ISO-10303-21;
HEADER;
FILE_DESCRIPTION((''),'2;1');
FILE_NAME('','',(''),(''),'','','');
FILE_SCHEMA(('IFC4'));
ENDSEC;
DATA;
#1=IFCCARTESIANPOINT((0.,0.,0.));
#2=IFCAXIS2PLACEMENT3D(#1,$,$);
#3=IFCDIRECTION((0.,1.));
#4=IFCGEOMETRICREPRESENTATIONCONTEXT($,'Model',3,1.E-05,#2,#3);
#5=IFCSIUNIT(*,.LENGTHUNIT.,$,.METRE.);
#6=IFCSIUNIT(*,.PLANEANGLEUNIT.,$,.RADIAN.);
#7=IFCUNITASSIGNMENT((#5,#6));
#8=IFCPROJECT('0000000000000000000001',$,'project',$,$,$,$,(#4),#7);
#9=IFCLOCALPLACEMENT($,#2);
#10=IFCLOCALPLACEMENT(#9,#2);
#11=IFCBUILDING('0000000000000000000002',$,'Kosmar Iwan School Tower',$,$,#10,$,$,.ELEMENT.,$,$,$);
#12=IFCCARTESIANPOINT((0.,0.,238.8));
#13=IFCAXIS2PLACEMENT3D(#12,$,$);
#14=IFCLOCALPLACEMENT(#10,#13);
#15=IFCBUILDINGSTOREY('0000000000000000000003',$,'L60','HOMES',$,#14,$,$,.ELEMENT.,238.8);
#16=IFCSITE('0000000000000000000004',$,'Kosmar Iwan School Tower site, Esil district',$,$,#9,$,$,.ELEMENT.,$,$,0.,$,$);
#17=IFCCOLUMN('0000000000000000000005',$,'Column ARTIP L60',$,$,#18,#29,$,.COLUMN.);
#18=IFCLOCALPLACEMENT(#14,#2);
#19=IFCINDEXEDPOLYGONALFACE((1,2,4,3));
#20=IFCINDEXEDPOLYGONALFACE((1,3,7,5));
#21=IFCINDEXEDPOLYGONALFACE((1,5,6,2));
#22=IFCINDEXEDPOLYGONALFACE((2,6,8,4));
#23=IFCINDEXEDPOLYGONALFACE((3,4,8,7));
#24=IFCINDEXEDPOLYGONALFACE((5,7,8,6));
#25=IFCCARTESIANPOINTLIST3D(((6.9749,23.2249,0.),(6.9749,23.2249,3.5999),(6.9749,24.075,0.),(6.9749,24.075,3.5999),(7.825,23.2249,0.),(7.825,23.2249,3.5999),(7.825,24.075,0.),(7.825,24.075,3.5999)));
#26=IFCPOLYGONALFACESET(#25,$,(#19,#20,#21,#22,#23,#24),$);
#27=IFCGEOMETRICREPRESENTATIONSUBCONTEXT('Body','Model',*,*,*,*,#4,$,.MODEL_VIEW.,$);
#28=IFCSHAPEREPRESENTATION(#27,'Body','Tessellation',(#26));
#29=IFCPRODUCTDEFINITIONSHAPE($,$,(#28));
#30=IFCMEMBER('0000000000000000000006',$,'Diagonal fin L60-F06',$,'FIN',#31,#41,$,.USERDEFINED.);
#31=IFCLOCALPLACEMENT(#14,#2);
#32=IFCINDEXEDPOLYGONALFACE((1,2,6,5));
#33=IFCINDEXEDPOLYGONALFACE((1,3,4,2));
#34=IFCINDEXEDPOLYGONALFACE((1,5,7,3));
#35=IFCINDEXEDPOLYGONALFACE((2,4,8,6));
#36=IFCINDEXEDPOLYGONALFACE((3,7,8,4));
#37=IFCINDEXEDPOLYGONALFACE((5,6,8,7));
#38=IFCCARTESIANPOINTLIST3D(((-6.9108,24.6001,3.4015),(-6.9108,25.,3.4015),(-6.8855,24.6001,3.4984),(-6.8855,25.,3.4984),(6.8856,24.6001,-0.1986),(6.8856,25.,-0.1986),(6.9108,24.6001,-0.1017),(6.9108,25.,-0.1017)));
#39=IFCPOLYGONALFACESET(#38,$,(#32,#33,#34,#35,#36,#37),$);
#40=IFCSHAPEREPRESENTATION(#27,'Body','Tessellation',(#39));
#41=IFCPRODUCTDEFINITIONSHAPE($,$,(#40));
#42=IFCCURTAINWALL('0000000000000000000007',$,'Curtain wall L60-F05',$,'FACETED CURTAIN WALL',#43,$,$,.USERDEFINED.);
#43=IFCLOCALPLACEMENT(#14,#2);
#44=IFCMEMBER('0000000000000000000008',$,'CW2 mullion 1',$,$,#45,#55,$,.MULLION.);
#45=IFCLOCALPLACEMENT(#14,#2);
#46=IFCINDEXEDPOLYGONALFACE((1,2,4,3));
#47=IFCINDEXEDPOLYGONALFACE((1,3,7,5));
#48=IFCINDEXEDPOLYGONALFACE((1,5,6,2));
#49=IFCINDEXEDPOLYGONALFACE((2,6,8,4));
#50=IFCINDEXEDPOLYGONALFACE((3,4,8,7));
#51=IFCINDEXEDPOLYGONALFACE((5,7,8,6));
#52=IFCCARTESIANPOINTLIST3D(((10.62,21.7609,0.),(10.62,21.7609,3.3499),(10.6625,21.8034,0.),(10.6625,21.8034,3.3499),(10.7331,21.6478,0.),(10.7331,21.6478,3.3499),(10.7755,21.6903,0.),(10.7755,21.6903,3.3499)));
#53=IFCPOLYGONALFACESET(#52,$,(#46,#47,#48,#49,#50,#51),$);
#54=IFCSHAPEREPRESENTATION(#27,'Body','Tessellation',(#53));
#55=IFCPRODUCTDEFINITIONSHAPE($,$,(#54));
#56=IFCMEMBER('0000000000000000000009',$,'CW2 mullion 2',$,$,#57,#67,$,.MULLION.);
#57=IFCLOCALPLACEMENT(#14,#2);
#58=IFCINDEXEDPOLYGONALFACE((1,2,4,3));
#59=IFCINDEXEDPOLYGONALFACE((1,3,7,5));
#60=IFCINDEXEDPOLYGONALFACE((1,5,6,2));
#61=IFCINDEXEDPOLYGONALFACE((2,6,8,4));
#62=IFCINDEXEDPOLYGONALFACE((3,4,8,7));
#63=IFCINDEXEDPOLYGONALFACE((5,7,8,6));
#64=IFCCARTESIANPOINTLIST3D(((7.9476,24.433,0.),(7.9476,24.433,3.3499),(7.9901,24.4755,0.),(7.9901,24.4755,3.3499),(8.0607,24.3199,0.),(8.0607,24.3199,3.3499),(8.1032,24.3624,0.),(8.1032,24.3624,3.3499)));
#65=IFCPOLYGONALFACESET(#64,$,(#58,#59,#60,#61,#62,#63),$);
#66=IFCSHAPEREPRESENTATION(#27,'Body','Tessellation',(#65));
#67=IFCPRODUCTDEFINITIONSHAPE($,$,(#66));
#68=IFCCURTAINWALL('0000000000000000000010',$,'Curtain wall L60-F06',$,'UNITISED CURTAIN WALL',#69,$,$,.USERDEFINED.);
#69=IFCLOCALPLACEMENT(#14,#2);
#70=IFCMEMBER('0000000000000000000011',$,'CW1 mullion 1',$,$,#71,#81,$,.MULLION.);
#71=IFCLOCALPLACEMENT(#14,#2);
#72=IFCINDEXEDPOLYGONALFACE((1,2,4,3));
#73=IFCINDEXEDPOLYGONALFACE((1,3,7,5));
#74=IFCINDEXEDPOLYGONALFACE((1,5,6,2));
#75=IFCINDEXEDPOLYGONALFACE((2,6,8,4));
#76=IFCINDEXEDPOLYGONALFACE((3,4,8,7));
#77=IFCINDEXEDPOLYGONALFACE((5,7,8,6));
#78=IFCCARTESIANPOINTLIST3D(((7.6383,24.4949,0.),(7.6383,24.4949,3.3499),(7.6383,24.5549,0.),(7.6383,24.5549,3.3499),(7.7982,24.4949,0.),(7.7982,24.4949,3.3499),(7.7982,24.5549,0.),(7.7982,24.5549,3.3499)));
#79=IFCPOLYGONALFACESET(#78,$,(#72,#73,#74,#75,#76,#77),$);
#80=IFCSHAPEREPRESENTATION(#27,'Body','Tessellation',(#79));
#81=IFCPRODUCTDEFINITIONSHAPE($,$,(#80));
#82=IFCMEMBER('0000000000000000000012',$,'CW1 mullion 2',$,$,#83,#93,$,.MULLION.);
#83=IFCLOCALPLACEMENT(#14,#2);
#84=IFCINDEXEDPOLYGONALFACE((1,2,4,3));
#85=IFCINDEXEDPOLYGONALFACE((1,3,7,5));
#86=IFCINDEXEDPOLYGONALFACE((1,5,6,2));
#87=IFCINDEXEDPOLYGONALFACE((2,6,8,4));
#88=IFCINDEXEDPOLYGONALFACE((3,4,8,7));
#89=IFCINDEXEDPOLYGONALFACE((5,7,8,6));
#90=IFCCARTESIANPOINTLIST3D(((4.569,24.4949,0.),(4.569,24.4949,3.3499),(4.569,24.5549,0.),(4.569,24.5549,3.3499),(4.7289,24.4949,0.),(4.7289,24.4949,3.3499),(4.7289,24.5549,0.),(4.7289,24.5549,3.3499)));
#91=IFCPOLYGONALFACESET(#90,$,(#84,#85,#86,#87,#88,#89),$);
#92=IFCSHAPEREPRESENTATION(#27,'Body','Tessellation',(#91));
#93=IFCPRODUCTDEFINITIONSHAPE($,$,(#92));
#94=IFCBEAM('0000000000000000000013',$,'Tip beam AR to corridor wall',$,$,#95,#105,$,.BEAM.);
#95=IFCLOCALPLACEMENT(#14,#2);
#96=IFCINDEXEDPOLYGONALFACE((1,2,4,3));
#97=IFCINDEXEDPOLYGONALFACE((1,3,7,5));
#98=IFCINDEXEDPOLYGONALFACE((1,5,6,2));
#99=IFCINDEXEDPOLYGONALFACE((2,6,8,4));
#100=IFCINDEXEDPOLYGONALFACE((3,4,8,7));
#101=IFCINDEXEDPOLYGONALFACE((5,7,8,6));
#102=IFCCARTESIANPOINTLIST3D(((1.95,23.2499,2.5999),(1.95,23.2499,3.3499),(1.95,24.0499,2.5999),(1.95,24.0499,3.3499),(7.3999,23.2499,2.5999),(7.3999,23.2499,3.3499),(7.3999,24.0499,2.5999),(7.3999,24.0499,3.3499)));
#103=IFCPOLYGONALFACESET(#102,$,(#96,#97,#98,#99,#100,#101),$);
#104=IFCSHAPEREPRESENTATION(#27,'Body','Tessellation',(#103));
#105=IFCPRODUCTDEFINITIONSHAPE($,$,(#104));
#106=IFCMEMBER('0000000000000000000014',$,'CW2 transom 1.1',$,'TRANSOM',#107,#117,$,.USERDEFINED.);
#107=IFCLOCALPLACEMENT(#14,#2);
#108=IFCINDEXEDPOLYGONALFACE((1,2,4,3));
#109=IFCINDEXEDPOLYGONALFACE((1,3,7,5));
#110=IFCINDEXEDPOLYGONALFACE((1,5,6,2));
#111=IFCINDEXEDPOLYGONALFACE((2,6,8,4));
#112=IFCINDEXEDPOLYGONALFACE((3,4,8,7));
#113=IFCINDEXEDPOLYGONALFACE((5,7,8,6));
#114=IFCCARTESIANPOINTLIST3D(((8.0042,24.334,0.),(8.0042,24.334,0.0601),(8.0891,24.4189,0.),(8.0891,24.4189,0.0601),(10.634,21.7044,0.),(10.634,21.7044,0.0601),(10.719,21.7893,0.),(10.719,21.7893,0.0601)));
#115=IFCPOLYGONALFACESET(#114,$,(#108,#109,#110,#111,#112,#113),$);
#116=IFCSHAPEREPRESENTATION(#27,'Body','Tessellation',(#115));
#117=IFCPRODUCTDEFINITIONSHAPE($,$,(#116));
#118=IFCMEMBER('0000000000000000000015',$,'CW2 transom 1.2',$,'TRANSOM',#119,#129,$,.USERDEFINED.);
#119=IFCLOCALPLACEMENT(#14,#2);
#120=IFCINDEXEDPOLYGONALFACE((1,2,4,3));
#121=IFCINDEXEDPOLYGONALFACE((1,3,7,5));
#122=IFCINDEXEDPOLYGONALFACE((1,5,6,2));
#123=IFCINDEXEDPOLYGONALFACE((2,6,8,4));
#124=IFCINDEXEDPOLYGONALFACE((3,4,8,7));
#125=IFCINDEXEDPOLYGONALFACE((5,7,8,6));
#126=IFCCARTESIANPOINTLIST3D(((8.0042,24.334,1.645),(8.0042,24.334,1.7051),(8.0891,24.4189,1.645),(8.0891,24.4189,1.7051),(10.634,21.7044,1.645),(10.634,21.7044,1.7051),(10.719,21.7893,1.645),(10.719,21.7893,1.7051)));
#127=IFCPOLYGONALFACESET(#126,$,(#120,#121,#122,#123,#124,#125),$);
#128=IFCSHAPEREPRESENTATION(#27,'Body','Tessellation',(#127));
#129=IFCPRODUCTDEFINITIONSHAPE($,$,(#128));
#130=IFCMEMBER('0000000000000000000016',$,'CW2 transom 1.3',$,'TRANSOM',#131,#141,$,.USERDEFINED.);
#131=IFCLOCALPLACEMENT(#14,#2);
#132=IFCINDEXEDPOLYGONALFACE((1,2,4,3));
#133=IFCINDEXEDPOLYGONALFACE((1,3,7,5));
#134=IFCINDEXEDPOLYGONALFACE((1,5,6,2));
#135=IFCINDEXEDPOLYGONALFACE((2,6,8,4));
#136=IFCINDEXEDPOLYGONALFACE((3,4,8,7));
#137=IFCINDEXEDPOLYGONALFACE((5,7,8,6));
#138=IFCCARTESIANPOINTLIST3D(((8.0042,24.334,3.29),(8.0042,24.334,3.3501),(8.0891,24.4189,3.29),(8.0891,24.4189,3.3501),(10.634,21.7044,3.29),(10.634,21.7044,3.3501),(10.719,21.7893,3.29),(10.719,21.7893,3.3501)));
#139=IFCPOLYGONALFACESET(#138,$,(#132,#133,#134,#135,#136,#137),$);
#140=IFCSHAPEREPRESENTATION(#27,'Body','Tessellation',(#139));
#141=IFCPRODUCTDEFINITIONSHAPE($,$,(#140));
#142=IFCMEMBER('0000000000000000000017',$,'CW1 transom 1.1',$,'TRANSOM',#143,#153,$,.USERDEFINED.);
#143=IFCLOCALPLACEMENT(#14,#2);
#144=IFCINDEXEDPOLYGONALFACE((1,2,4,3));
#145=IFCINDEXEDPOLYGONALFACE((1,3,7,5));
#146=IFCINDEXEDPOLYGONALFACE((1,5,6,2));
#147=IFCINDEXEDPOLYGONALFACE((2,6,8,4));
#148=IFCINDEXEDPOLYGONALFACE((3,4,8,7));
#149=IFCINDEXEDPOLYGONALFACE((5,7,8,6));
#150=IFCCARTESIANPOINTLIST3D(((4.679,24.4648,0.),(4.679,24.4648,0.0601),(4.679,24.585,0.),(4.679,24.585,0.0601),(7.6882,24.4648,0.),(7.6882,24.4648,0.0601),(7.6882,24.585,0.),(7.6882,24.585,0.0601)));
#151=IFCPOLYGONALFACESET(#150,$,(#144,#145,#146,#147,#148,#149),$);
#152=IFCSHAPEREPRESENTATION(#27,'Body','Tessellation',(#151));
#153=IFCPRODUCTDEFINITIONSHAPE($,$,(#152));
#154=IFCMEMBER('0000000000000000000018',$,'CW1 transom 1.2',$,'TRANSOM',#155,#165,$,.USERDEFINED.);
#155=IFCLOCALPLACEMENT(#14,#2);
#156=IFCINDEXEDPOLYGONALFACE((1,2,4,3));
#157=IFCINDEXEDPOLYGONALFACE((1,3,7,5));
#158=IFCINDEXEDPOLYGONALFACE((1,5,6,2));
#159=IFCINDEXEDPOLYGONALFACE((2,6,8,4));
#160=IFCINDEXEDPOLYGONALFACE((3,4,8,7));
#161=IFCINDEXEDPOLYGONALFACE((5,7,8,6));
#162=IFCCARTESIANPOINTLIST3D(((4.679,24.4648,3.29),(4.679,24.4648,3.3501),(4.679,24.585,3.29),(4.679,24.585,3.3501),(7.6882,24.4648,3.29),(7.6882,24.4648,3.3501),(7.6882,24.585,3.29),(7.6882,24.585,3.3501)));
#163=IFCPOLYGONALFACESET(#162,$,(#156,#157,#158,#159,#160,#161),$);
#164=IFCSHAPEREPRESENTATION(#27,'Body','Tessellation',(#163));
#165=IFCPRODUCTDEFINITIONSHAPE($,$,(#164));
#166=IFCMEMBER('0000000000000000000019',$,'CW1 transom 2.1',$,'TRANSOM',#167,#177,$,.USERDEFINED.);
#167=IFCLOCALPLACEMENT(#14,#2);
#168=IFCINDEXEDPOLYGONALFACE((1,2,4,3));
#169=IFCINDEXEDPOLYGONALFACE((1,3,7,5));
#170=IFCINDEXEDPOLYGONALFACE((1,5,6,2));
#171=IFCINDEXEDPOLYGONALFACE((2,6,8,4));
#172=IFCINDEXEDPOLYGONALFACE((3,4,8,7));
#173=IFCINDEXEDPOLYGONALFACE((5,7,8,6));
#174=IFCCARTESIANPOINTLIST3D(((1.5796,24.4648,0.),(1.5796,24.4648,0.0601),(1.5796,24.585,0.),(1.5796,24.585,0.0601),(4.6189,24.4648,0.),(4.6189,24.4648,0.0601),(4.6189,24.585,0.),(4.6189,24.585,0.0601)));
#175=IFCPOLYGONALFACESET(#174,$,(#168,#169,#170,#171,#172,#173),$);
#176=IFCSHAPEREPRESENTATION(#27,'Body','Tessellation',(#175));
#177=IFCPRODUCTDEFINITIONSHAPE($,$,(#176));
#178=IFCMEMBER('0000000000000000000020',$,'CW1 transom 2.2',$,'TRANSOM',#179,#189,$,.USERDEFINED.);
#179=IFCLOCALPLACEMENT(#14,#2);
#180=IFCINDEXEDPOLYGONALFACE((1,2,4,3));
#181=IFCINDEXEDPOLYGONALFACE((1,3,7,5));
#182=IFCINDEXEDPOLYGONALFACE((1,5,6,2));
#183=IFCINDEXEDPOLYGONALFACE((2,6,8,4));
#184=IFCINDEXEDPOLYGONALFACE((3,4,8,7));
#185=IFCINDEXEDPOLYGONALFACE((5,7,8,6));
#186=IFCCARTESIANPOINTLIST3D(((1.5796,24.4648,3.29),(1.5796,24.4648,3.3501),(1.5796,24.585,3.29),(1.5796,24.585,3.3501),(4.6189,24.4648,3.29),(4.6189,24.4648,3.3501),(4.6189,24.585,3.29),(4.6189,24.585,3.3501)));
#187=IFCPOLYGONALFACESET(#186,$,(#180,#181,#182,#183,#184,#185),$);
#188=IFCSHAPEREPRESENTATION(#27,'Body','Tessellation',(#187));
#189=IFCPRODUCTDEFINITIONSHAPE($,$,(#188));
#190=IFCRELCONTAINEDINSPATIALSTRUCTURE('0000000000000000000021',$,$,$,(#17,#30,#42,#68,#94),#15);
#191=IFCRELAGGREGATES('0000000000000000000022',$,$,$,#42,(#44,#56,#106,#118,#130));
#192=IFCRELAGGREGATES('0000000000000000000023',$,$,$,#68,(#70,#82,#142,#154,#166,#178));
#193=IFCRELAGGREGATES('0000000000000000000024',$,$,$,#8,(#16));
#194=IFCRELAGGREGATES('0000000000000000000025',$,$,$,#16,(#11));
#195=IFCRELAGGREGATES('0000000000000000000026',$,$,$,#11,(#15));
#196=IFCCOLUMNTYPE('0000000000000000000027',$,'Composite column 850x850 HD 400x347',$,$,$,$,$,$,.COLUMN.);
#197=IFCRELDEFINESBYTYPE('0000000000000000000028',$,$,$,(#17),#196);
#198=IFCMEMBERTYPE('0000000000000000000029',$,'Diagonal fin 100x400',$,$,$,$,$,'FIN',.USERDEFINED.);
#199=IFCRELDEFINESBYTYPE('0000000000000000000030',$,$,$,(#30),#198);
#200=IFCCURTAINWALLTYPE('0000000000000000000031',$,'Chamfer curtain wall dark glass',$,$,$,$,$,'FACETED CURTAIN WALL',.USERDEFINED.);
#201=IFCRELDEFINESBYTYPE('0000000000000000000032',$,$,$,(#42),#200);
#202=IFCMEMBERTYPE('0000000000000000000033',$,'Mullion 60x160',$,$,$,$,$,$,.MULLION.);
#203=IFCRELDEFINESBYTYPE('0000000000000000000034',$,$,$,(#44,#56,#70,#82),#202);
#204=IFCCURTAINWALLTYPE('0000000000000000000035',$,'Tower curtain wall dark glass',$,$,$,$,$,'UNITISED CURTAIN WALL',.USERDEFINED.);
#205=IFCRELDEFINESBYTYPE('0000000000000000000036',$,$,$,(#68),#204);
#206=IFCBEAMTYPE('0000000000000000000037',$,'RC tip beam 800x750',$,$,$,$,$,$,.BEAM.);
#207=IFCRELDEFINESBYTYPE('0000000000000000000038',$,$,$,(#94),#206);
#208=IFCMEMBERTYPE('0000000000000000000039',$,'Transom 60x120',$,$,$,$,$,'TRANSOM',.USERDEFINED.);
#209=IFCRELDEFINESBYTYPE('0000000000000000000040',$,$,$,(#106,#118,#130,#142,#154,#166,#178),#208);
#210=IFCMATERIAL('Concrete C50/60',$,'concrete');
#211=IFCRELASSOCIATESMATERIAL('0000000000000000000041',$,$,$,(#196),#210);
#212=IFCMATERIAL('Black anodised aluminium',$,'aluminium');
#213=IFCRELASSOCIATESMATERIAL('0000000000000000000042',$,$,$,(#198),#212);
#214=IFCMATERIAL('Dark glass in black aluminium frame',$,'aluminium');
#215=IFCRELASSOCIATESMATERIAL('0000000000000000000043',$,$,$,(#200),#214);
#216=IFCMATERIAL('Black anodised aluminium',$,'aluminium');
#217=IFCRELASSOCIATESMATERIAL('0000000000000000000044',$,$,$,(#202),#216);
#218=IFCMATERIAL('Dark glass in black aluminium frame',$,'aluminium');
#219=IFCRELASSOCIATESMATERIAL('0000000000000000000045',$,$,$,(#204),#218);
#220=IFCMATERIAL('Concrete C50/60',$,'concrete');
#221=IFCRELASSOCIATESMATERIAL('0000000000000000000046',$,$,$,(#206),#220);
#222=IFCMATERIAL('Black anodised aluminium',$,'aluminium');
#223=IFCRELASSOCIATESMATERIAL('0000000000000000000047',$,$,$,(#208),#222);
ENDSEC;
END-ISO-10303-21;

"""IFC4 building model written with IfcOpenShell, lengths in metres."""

from ifc_helpers import new_model, si_unit, direction, frame, origin, origin_2d, place, context, subcontext, project, spatial, rectangle, extrude, material, material_profile, profile_set, type_object, element, aggregate, save


model = new_model("IFC4")

# Units and contexts
model_context = context("Model", 3, precision=1e-05, world=origin(), true_north=direction((0.0, 1.0)))
body_context = subcontext(model_context, "Body", "Model", "MODEL_VIEW")
ifc_project = project(units=[si_unit("LENGTHUNIT", "METRE"), si_unit("PLANEANGLEUNIT", "RADIAN")], contexts=[model_context])

# Site, building, storey
site_placement = place(None, origin())
site = spatial("IfcSite", under=ifc_project, at=site_placement, Name="Kosmar Iwan School Tower site, Esil district", CompositionType="ELEMENT", RefElevation=0.0)
building_placement = place(site_placement, origin())
building = spatial("IfcBuilding", under=site, at=building_placement, Name="Kosmar Iwan School Tower", CompositionType="ELEMENT")
storey_placement = place(building_placement, frame((0.0, 0.0, 238.8)))
storey = spatial("IfcBuildingStorey", under=building, at=storey_placement, Name="L60", Description="HOMES", CompositionType="ELEMENT", Elevation=238.8)

# Column
ifc_material_1 = material(Name="Concrete C50/60", Category="concrete")
ifc_material_profile_1 = material_profile(ifc_material_1, rectangle(XDim=0.8501, YDim=0.8501, at=origin_2d()), Name="RC 850x850 + HD 400x347")
ifc_profile_set_1 = profile_set([ifc_material_profile_1], Name="Concrete C50/60")
column_type = type_object("IfcColumnType", Name="Composite column 850x850 HD 400x347", PredefinedType="COLUMN", material=ifc_profile_set_1)
column_placement = place(storey_placement, frame((7.3999, 23.6499, 0.0), z_axis=(0.0, 0.0, 1.0), x_axis=(0.0, 1.0, 0.0)))
element("IfcColumn", 1, at=column_placement, inside=storey, type_object=column_type, Name="Column ARTIP L60", PredefinedType="COLUMN", context=body_context, shape_type="SweptSolid", body=[
    extrude(rectangle(XDim=0.8501, YDim=0.8501, at=origin_2d()), origin(), (0.0, 0.0, 1.0), 3.5999),
])

# Member
ifc_material_2 = material(Name="Black anodised aluminium", Category="aluminium")
ifc_material_profile_2 = material_profile(ifc_material_2, rectangle(XDim=0.1001, YDim=0.3999, at=origin_2d()), Name="FIN 100x400")
ifc_profile_set_2 = profile_set([ifc_material_profile_2], Name="Black anodised aluminium")
member_type_1 = type_object("IfcMemberType", Name="Diagonal fin 100x400", ElementType="FIN", PredefinedType="USERDEFINED", material=ifc_profile_set_2)
member_1_placement = place(storey_placement, frame((6.8982, 24.8, -0.1501), z_axis=(-0.967599, 0.0, 0.25249), x_axis=(0.25249, 0.0, 0.967599)))
element("IfcMember", 2, at=member_1_placement, inside=storey, type_object=member_type_1, Name="Diagonal fin L60-F06", ObjectType="FIN", PredefinedType="USERDEFINED", context=body_context, shape_type="SweptSolid", body=[
    extrude(rectangle(XDim=0.1001, YDim=0.3999, at=origin_2d()), origin(), (0.0, 0.0, 1.0), 14.2583),
])

# Curtain walls, members
ifc_material_3 = material(Name="Dark glass in black aluminium frame", Category="aluminium")
curtain_wall_type_1 = type_object("IfcCurtainWallType", Name="Chamfer curtain wall dark glass", ElementType="FACETED CURTAIN WALL", PredefinedType="USERDEFINED", material=ifc_material_3)
curtain_wall_1_placement = place(storey_placement, origin())
curtain_wall_1 = element("IfcCurtainWall", 3, at=curtain_wall_1_placement, inside=storey, type_object=curtain_wall_type_1, Name="Curtain wall L60-F05", ObjectType="FACETED CURTAIN WALL", PredefinedType="USERDEFINED")
ifc_material_4 = material(Name="Black anodised aluminium", Category="aluminium")
ifc_material_profile_3 = material_profile(ifc_material_4, rectangle(XDim=0.0601, YDim=0.1599, at=origin_2d()), Name="MULLION 60x160")
ifc_profile_set_3 = profile_set([ifc_material_profile_3], Name="Black anodised aluminium")
member_type_2 = type_object("IfcMemberType", Name="Mullion 60x160", PredefinedType="MULLION", material=ifc_profile_set_3)
member_2_placement = place(storey_placement, frame((10.6978, 21.7256, 0.0), z_axis=(0.0, 0.0, 1.0), x_axis=(-0.707107, -0.707107, 0.0)))
member_2 = element("IfcMember", 4, at=member_2_placement, type_object=member_type_2, Name="CW2 mullion 1", PredefinedType="MULLION", context=body_context, shape_type="SweptSolid", body=[
    extrude(rectangle(XDim=0.0601, YDim=0.1599, at=origin_2d()), origin(), (0.0, 0.0, 1.0), 3.3499),
])
member_3_placement = place(storey_placement, frame((8.0254, 24.3977, 0.0), z_axis=(0.0, 0.0, 1.0), x_axis=(-0.707107, -0.707107, 0.0)))
member_3 = element("IfcMember", 5, at=member_3_placement, type_object=member_type_2, Name="CW2 mullion 2", PredefinedType="MULLION", context=body_context, shape_type="SweptSolid", body=[
    extrude(rectangle(XDim=0.0601, YDim=0.1599, at=origin_2d()), origin(), (0.0, 0.0, 1.0), 3.3499),
])
ifc_material_5 = material(Name="Dark glass in black aluminium frame", Category="aluminium")
curtain_wall_type_2 = type_object("IfcCurtainWallType", Name="Tower curtain wall dark glass", ElementType="UNITISED CURTAIN WALL", PredefinedType="USERDEFINED", material=ifc_material_5)
curtain_wall_2_placement = place(storey_placement, origin())
curtain_wall_2 = element("IfcCurtainWall", 6, at=curtain_wall_2_placement, inside=storey, type_object=curtain_wall_type_2, Name="Curtain wall L60-F06", ObjectType="UNITISED CURTAIN WALL", PredefinedType="USERDEFINED")
member_4_placement = place(storey_placement, frame((7.7183, 24.5249, 0.0), z_axis=(0.0, 0.0, 1.0), x_axis=(0.0, -1.0, 0.0)))
member_4 = element("IfcMember", 7, at=member_4_placement, type_object=member_type_2, Name="CW1 mullion 1", PredefinedType="MULLION", context=body_context, shape_type="SweptSolid", body=[
    extrude(rectangle(XDim=0.0601, YDim=0.1599, at=origin_2d()), origin(), (0.0, 0.0, 1.0), 3.3499),
])
member_5_placement = place(storey_placement, frame((4.6489, 24.5249, 0.0), z_axis=(0.0, 0.0, 1.0), x_axis=(0.0, -1.0, 0.0)))
member_5 = element("IfcMember", 8, at=member_5_placement, type_object=member_type_2, Name="CW1 mullion 2", PredefinedType="MULLION", context=body_context, shape_type="SweptSolid", body=[
    extrude(rectangle(XDim=0.0601, YDim=0.1599, at=origin_2d()), origin(), (0.0, 0.0, 1.0), 3.3499),
])

# Beam
ifc_material_6 = material(Name="Concrete C50/60", Category="concrete")
ifc_material_profile_4 = material_profile(ifc_material_6, rectangle(XDim=0.8, YDim=0.75, at=origin_2d()), Name="RC 800x750")
ifc_profile_set_4 = profile_set([ifc_material_profile_4], Name="Concrete C50/60")
beam_type = type_object("IfcBeamType", Name="RC tip beam 800x750", PredefinedType="BEAM", material=ifc_profile_set_4)
beam_placement = place(storey_placement, frame((7.3999, 23.6499, 2.9749), z_axis=(-1.0, 0.0, 0.0), x_axis=(0.0, -1.0, 0.0)))
element("IfcBeam", 9, at=beam_placement, inside=storey, type_object=beam_type, Name="Tip beam AR to corridor wall", PredefinedType="BEAM", context=body_context, shape_type="SweptSolid", body=[
    extrude(rectangle(XDim=0.8, YDim=0.75, at=origin_2d()), origin(), (0.0, 0.0, 1.0), 5.45),
])

# Members
ifc_material_7 = material(Name="Black anodised aluminium", Category="aluminium")
ifc_material_profile_5 = material_profile(ifc_material_7, rectangle(XDim=0.1201, YDim=0.0601, at=origin_2d()), Name="TRANSOM 60x120")
ifc_profile_set_5 = profile_set([ifc_material_profile_5], Name="Black anodised aluminium")
member_type_3 = type_object("IfcMemberType", Name="Transom 60x120", ElementType="TRANSOM", PredefinedType="USERDEFINED", material=ifc_profile_set_5)
member_6_placement = place(storey_placement, frame((10.6765, 21.7468, 0.03), z_axis=(-0.70714, 0.707074, 0.0), x_axis=(-0.707074, -0.70714, 0.0)))
member_6 = element("IfcMember", 10, at=member_6_placement, type_object=member_type_3, Name="CW2 transom 1.1", ObjectType="TRANSOM", PredefinedType="USERDEFINED", context=body_context, shape_type="SweptSolid", body=[
    extrude(rectangle(XDim=0.1201, YDim=0.0601, at=origin_2d()), origin(), (0.0, 0.0, 1.0), 3.719),
])
member_7_placement = place(storey_placement, frame((10.6765, 21.7468, 1.675), z_axis=(-0.70714, 0.707074, 0.0), x_axis=(-0.707074, -0.70714, 0.0)))
member_7 = element("IfcMember", 11, at=member_7_placement, type_object=member_type_3, Name="CW2 transom 1.2", ObjectType="TRANSOM", PredefinedType="USERDEFINED", context=body_context, shape_type="SweptSolid", body=[
    extrude(rectangle(XDim=0.1201, YDim=0.0601, at=origin_2d()), origin(), (0.0, 0.0, 1.0), 3.719),
])
member_8_placement = place(storey_placement, frame((10.6765, 21.7468, 3.3201), z_axis=(-0.70714, 0.707074, 0.0), x_axis=(-0.707074, -0.70714, 0.0)))
member_8 = element("IfcMember", 12, at=member_8_placement, type_object=member_type_3, Name="CW2 transom 1.3", ObjectType="TRANSOM", PredefinedType="USERDEFINED", context=body_context, shape_type="SweptSolid", body=[
    extrude(rectangle(XDim=0.1201, YDim=0.0601, at=origin_2d()), origin(), (0.0, 0.0, 1.0), 3.719),
])
member_9_placement = place(storey_placement, frame((7.6882, 24.5249, 0.03), z_axis=(-1.0, 0.0, 0.0), x_axis=(0.0, -1.0, 0.0)))
member_9 = element("IfcMember", 13, at=member_9_placement, type_object=member_type_3, Name="CW1 transom 1.1", ObjectType="TRANSOM", PredefinedType="USERDEFINED", context=body_context, shape_type="SweptSolid", body=[
    extrude(rectangle(XDim=0.1201, YDim=0.0601, at=origin_2d()), origin(), (0.0, 0.0, 1.0), 3.0093),
])
member_10_placement = place(storey_placement, frame((7.6882, 24.5249, 3.3201), z_axis=(-1.0, 0.0, 0.0), x_axis=(0.0, -1.0, 0.0)))
member_10 = element("IfcMember", 14, at=member_10_placement, type_object=member_type_3, Name="CW1 transom 1.2", ObjectType="TRANSOM", PredefinedType="USERDEFINED", context=body_context, shape_type="SweptSolid", body=[
    extrude(rectangle(XDim=0.1201, YDim=0.0601, at=origin_2d()), origin(), (0.0, 0.0, 1.0), 3.0093),
])
member_11_placement = place(storey_placement, frame((4.6189, 24.5249, 0.03), z_axis=(-1.0, 0.0, 0.0), x_axis=(0.0, -1.0, 0.0)))
member_11 = element("IfcMember", 15, at=member_11_placement, type_object=member_type_3, Name="CW1 transom 2.1", ObjectType="TRANSOM", PredefinedType="USERDEFINED", context=body_context, shape_type="SweptSolid", body=[
    extrude(rectangle(XDim=0.1201, YDim=0.0601, at=origin_2d()), origin(), (0.0, 0.0, 1.0), 3.0393),
])
member_12_placement = place(storey_placement, frame((4.6189, 24.5249, 3.3201), z_axis=(-1.0, 0.0, 0.0), x_axis=(0.0, -1.0, 0.0)))
member_12 = element("IfcMember", 16, at=member_12_placement, type_object=member_type_3, Name="CW1 transom 2.2", ObjectType="TRANSOM", PredefinedType="USERDEFINED", context=body_context, shape_type="SweptSolid", body=[
    extrude(rectangle(XDim=0.1201, YDim=0.0601, at=origin_2d()), origin(), (0.0, 0.0, 1.0), 3.0393),
])

aggregate(curtain_wall_1, [member_2, member_3, member_6, member_7, member_8])
aggregate(curtain_wall_2, [member_4, member_5, member_9, member_10, member_11, member_12])

save(model, "model.ifc")
